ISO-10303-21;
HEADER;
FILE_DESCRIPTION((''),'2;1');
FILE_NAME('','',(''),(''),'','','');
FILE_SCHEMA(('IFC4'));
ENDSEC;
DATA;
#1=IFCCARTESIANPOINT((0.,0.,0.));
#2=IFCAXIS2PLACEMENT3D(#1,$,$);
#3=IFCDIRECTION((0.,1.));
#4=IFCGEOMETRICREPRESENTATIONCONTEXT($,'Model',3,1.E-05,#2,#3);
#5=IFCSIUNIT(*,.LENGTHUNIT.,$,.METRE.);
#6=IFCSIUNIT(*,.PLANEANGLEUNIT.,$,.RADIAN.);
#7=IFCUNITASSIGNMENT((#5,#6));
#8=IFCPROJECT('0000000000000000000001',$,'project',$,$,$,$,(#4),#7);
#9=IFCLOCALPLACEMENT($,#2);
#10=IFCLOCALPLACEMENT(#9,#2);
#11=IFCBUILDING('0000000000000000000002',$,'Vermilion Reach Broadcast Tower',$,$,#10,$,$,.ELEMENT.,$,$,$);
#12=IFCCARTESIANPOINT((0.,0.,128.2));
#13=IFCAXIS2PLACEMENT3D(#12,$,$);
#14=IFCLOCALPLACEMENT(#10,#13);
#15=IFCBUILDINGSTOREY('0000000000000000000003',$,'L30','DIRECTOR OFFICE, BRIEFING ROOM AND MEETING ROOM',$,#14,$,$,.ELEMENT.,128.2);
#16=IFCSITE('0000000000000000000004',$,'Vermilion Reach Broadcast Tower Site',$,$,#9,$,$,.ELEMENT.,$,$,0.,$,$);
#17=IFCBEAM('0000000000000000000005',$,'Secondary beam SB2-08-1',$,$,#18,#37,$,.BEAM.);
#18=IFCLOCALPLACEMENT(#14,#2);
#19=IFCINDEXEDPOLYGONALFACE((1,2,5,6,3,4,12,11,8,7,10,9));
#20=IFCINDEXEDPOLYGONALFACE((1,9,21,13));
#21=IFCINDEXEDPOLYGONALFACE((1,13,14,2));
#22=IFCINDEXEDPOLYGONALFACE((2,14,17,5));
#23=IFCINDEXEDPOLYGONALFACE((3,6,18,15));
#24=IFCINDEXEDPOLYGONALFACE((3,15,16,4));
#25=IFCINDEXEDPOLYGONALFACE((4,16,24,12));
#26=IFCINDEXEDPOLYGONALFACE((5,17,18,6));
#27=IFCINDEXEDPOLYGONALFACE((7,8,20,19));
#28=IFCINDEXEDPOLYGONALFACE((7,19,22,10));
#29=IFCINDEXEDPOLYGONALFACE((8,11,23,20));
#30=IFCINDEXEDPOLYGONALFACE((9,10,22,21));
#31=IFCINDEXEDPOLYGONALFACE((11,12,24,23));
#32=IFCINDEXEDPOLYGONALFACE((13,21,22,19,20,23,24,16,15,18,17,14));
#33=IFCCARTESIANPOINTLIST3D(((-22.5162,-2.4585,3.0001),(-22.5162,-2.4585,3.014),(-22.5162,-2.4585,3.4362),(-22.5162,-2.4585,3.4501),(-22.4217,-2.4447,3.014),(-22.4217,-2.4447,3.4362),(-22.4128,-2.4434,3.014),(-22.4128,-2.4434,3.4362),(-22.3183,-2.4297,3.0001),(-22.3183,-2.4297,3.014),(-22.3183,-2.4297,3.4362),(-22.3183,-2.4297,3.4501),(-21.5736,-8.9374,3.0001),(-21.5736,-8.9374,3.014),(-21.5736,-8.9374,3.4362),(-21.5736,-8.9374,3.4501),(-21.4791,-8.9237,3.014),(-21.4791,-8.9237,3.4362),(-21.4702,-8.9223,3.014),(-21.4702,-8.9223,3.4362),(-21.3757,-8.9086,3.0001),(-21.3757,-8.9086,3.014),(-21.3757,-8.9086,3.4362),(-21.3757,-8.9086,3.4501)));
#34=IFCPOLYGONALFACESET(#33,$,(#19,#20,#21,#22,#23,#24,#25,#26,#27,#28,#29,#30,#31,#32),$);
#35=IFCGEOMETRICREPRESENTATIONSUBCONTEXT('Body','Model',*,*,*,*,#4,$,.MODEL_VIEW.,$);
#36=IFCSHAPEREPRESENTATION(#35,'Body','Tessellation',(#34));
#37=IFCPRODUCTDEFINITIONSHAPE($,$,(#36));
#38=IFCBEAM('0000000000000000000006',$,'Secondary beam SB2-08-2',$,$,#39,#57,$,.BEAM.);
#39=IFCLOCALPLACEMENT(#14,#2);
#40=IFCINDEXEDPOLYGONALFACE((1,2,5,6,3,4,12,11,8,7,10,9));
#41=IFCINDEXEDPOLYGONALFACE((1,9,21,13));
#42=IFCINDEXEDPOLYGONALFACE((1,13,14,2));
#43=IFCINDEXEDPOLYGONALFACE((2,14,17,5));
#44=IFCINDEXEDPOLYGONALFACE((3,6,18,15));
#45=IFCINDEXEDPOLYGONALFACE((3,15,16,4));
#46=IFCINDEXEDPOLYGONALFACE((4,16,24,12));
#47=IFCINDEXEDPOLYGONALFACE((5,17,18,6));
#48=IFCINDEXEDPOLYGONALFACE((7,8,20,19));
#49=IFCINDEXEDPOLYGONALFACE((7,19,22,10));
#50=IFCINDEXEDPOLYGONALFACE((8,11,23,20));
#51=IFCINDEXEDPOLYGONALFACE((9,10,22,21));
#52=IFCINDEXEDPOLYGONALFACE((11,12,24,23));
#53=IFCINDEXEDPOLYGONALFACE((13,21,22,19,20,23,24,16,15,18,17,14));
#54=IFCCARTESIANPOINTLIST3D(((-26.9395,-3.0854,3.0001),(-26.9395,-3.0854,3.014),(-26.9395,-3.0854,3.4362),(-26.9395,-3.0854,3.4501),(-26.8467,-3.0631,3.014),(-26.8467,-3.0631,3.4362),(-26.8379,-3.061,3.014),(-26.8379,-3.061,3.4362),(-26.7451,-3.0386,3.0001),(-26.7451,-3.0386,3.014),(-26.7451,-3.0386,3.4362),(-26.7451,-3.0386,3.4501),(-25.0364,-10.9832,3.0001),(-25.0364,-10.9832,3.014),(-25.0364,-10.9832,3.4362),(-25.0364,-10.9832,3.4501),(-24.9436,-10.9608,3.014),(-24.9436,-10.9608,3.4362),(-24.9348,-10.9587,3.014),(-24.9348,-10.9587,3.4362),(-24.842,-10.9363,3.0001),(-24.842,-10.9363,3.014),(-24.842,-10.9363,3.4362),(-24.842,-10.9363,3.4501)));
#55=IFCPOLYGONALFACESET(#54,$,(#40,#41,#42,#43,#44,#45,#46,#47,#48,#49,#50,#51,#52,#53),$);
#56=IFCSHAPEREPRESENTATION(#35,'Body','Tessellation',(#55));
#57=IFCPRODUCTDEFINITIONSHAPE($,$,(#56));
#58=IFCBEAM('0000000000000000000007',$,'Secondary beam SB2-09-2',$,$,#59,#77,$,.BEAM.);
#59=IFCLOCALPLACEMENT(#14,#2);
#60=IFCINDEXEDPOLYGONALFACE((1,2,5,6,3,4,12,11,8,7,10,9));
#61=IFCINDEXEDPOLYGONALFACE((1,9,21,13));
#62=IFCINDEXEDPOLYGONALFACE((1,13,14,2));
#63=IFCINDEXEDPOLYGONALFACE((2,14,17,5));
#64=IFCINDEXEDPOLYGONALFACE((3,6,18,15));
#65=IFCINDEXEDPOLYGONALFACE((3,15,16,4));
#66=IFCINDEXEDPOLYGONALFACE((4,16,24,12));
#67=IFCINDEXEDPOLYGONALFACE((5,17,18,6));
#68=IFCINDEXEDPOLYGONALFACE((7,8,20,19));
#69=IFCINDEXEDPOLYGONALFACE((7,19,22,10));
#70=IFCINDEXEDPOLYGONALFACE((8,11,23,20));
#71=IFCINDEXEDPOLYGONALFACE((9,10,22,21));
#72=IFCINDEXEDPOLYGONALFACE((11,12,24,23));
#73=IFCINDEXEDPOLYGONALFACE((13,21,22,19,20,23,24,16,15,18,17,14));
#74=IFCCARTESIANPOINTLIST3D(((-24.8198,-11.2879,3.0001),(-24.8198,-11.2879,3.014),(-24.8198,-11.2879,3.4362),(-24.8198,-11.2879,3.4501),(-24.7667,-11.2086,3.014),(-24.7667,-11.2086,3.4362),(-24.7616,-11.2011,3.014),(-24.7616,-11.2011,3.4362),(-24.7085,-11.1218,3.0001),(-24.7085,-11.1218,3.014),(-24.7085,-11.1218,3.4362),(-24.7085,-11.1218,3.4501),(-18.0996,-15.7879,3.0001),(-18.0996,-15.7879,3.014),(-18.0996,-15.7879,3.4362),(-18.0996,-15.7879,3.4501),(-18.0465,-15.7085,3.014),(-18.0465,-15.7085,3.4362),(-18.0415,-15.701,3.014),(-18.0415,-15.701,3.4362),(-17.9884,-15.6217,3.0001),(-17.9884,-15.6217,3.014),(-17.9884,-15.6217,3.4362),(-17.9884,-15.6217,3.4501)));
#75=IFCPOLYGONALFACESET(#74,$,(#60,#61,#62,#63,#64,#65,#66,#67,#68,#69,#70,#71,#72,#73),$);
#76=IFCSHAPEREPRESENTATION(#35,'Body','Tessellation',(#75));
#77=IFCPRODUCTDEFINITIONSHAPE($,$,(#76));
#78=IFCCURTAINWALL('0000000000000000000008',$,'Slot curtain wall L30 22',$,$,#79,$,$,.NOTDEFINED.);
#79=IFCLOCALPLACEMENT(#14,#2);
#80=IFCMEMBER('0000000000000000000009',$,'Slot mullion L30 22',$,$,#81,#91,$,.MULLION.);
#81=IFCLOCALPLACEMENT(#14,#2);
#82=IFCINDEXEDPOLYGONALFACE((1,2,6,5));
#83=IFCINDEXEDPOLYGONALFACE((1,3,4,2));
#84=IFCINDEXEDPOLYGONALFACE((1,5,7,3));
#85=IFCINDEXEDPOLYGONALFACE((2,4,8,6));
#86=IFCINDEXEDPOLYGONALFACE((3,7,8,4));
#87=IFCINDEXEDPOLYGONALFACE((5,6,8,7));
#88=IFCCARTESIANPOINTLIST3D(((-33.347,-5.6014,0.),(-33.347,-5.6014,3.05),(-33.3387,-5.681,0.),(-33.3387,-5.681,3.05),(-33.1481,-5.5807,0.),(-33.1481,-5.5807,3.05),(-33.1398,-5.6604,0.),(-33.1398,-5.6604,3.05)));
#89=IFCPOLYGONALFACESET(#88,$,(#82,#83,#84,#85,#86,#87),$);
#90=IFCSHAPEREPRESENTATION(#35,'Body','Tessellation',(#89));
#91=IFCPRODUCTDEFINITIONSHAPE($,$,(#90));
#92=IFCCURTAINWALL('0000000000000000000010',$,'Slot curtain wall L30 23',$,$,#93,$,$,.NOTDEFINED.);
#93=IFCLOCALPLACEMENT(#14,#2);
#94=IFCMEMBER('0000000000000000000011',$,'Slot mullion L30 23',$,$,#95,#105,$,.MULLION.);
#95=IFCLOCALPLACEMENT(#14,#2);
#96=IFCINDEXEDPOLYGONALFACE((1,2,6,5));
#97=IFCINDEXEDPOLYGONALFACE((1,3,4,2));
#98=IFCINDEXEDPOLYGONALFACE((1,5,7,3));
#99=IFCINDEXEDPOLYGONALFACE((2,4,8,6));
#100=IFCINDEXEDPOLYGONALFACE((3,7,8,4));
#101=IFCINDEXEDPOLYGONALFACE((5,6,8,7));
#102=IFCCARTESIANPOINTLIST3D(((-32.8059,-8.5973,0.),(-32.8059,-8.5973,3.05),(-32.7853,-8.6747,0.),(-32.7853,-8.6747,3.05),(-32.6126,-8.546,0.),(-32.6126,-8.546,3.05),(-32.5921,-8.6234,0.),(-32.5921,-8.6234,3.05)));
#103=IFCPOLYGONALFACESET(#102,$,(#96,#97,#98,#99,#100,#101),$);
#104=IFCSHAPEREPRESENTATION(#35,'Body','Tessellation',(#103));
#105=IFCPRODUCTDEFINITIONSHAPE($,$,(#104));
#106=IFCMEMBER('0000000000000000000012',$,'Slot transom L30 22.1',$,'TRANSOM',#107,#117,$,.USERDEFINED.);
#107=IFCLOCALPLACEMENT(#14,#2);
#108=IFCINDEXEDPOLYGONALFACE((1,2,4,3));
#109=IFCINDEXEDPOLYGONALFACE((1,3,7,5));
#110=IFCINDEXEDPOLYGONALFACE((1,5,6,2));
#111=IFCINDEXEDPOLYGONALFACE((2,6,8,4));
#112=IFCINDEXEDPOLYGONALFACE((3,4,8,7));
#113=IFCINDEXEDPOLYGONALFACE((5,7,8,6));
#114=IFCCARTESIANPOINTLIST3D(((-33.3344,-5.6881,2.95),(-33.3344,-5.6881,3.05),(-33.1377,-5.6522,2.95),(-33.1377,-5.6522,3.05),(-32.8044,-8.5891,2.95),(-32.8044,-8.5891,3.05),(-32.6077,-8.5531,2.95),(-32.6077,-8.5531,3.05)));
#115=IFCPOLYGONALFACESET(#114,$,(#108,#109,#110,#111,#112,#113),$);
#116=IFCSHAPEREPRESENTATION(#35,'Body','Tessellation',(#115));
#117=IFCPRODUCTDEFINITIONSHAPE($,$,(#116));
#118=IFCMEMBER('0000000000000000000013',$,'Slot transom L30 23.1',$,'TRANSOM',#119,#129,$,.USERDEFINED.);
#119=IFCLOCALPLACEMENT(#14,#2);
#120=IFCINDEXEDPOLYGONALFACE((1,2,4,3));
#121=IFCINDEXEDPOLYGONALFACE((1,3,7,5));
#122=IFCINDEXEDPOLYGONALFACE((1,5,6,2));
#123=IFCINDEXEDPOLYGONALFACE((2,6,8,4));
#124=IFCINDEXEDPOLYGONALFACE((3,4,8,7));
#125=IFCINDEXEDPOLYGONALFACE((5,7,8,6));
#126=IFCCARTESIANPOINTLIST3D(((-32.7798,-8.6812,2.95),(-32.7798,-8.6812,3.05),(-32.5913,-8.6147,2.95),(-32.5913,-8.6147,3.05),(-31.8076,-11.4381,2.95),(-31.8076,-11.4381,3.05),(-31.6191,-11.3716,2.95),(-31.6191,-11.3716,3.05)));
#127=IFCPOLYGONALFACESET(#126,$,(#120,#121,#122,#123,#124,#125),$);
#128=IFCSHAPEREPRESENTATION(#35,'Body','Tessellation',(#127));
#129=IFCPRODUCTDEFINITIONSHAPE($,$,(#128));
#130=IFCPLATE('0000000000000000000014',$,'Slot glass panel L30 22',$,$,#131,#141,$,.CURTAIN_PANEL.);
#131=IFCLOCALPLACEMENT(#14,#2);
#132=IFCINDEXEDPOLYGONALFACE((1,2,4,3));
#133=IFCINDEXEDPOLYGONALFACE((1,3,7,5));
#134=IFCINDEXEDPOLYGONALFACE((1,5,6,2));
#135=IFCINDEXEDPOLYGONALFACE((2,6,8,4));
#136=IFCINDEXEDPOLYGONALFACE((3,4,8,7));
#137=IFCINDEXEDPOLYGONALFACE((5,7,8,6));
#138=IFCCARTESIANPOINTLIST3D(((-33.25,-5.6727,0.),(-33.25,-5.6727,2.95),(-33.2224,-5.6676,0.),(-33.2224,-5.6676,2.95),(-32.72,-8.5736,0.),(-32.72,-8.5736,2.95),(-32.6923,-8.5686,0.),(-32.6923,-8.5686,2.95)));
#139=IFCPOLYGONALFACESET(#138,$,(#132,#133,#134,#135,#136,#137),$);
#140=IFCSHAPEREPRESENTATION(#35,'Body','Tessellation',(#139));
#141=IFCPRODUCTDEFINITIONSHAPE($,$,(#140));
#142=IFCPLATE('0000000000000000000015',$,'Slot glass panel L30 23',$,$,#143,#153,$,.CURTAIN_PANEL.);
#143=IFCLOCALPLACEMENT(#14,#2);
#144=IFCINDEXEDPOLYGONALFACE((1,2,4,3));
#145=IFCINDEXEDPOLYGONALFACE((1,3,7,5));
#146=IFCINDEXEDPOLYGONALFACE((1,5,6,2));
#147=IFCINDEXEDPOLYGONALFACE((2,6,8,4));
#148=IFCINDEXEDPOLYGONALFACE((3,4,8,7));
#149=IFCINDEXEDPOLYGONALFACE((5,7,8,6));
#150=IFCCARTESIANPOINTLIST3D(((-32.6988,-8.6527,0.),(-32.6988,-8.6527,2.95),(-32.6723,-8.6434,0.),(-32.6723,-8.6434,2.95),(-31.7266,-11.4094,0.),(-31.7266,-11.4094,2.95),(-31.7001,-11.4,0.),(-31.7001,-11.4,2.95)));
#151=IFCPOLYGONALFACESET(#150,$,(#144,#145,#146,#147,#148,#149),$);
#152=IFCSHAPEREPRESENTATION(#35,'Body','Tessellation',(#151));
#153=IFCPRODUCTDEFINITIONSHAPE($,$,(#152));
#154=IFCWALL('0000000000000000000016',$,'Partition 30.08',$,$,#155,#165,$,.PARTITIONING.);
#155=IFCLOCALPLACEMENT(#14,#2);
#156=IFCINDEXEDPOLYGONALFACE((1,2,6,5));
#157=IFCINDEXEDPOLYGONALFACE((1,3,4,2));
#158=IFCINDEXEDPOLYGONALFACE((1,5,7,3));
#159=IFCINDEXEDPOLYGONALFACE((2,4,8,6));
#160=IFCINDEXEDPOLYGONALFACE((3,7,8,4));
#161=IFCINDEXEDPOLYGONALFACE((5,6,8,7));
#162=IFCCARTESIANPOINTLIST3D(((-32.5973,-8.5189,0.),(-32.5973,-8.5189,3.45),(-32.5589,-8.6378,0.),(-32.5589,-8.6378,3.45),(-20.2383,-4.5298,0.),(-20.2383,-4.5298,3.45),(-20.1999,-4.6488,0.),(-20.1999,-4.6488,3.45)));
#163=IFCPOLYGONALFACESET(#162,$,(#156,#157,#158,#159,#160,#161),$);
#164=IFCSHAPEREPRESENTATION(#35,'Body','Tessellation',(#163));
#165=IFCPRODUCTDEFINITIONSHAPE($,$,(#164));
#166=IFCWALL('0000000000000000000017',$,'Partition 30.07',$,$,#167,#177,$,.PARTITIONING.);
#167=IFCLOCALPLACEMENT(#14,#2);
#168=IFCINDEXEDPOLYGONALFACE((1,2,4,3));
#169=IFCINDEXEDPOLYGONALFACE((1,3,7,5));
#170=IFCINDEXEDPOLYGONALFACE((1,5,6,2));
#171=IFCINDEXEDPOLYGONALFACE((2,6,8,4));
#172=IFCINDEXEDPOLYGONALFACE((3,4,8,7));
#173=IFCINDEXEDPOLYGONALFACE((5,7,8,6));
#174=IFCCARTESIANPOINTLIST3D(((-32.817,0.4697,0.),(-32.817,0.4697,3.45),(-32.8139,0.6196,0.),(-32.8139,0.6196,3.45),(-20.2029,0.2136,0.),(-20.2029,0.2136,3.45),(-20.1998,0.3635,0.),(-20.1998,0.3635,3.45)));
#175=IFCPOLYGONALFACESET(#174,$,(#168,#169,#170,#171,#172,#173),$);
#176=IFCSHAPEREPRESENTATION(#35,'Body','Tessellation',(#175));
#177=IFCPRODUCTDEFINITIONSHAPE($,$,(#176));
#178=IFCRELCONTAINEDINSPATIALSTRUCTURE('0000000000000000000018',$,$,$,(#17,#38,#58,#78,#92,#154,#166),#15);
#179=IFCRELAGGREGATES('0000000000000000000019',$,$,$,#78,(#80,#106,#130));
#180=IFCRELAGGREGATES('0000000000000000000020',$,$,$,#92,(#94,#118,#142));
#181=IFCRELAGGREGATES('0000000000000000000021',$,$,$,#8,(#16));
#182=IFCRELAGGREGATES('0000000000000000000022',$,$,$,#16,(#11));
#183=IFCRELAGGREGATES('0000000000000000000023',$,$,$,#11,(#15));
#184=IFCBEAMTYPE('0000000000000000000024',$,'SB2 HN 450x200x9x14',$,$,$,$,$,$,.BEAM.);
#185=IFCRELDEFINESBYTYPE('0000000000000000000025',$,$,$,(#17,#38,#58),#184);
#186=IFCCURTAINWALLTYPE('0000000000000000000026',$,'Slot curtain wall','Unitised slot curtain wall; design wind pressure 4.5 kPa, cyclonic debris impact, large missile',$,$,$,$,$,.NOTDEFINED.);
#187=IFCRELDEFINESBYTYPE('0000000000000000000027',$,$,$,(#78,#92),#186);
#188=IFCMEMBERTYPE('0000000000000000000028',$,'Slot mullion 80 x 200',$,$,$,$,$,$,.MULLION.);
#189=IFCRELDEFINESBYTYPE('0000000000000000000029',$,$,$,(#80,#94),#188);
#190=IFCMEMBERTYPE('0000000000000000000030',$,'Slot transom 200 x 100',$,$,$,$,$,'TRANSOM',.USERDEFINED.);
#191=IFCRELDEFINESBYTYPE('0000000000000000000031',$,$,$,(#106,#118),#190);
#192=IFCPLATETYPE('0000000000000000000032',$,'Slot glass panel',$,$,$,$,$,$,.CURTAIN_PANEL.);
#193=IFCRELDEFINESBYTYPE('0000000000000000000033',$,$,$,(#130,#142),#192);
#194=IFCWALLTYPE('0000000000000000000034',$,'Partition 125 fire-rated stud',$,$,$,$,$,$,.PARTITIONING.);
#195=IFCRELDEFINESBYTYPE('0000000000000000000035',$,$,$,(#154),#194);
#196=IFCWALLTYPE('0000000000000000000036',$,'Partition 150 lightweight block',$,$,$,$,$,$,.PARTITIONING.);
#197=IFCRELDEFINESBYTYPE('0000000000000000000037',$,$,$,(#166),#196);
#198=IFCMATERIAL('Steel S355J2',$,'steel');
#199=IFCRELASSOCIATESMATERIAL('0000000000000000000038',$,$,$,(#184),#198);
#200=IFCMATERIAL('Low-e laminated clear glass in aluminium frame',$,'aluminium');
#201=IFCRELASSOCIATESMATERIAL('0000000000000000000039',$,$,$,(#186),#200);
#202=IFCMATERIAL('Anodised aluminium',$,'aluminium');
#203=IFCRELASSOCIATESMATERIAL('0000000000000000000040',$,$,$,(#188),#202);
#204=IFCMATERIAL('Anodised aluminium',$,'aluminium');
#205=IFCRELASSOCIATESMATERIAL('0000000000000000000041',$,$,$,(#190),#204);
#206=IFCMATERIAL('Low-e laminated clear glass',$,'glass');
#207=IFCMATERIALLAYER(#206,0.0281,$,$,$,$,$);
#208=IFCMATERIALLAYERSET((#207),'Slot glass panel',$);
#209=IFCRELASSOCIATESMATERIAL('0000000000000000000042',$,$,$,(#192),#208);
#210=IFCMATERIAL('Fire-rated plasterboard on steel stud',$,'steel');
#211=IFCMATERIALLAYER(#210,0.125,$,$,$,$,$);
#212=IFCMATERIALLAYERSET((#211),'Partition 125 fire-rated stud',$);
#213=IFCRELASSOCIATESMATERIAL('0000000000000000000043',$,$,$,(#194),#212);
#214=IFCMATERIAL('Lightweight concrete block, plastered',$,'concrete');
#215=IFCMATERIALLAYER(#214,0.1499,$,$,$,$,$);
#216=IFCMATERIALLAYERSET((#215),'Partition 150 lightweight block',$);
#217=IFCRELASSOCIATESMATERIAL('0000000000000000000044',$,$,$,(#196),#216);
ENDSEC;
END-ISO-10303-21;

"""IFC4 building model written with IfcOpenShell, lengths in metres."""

from ifc_helpers import new_model, si_unit, direction, frame, frame_2d, origin, origin_2d, place, context, subcontext, project, spatial, rectangle, i_section, extrude, material, layer, layer_set, material_profile, profile_set, type_object, element, aggregate, save


model = new_model("IFC4")

# Units and contexts
model_context = context("Model", 3, precision=1e-05, world=origin(), true_north=direction((0.0, 1.0)))
body_context = subcontext(model_context, "Body", "Model", "MODEL_VIEW")
ifc_project = project(units=[si_unit("LENGTHUNIT", "METRE"), si_unit("PLANEANGLEUNIT", "RADIAN")], contexts=[model_context])

# Site, building, storey
site_placement = place(None, origin())
site = spatial("IfcSite", under=ifc_project, at=site_placement, Name="Vermilion Reach Broadcast Tower Site", CompositionType="ELEMENT", RefElevation=0.0)
building_placement = place(site_placement, origin())
building = spatial("IfcBuilding", under=site, at=building_placement, Name="Vermilion Reach Broadcast Tower", CompositionType="ELEMENT")
storey_placement = place(building_placement, frame((0.0, 0.0, 128.2)))
storey = spatial("IfcBuildingStorey", under=building, at=storey_placement, Name="L30", Description="DIRECTOR OFFICE, BRIEFING ROOM AND MEETING ROOM", CompositionType="ELEMENT", Elevation=128.2)

# Beams
ifc_material_1 = material(Name="Steel S355J2", Category="steel")
ifc_material_profile_1 = material_profile(ifc_material_1, i_section(OverallWidth=0.2, OverallDepth=0.45, WebThickness=0.009, FlangeThickness=0.0139, at=origin_2d()), Name="S355J2 HN 450x200x9x14")
ifc_profile_set_1 = profile_set([ifc_material_profile_1], Name="Steel S355J2")
beam_type_1 = type_object("IfcBeamType", Name="SB2 HN 450x200x9x14", PredefinedType="BEAM", material=ifc_profile_set_1)
beam_1_placement = place(storey_placement, frame((-22.4172, -2.4441, 3.2251), z_axis=(0.143974, -0.989582, 0.0), x_axis=(0.989582, 0.143974, 0.0)))
element("IfcBeam", 1, at=beam_1_placement, inside=storey, type_object=beam_type_1, Name="Secondary beam SB2-08-1", PredefinedType="BEAM", context=body_context, shape_type="SweptSolid", body=[
    extrude(i_section(OverallWidth=0.2, OverallDepth=0.45, WebThickness=0.009, FlangeThickness=0.0139, at=origin_2d()), origin(), (0.0, 0.0, 1.0), 6.5471),
])
beam_2_placement = place(storey_placement, frame((-26.8423, -3.062, 3.2251), z_axis=(0.234261, -0.972174, 0.0), x_axis=(0.972174, 0.234261, 0.0)))
element("IfcBeam", 2, at=beam_2_placement, inside=storey, type_object=beam_type_1, Name="Secondary beam SB2-08-2", PredefinedType="BEAM", context=body_context, shape_type="SweptSolid", body=[
    extrude(i_section(OverallWidth=0.2, OverallDepth=0.45, WebThickness=0.009, FlangeThickness=0.0139, at=origin_2d()), origin(), (0.0, 0.0, 1.0), 8.1238),
])
beam_3_placement = place(storey_placement, frame((-24.7642, -11.2048, 3.2251), z_axis=(0.830915, -0.556399, 0.0), x_axis=(0.556399, 0.830915, 0.0)))
element("IfcBeam", 3, at=beam_3_placement, inside=storey, type_object=beam_type_1, Name="Secondary beam SB2-09-2", PredefinedType="BEAM", context=body_context, shape_type="SweptSolid", body=[
    extrude(i_section(OverallWidth=0.2, OverallDepth=0.45, WebThickness=0.009, FlangeThickness=0.0139, at=origin_2d()), origin(), (0.0, 0.0, 1.0), 8.0876),
])

# Curtain walls, members
ifc_material_2 = material(Name="Low-e laminated clear glass in aluminium frame", Category="aluminium")
curtain_wall_type = type_object("IfcCurtainWallType", Name="Slot curtain wall", Description="Unitised slot curtain wall; design wind pressure 4.5 kPa, cyclonic debris impact, large missile", PredefinedType="NOTDEFINED", material=ifc_material_2)
placement = place(storey_placement, origin())
curtain_wall_1 = element("IfcCurtainWall", 4, at=placement, inside=storey, type_object=curtain_wall_type, Name="Slot curtain wall L30 22", PredefinedType="NOTDEFINED")
ifc_material_3 = material(Name="Anodised aluminium", Category="aluminium")
ifc_material_profile_2 = material_profile(ifc_material_3, rectangle(XDim=0.2, YDim=0.0801, at=origin_2d()), Name="Slot mullion 80 x 200")
ifc_profile_set_2 = profile_set([ifc_material_profile_2], Name="Anodised aluminium")
member_type_1 = type_object("IfcMemberType", Name="Slot mullion 80 x 200", PredefinedType="MULLION", material=ifc_profile_set_2)
member_1_placement = place(storey_placement, frame((-33.2434, -5.6309, 0.0), z_axis=(0.0, 0.0, 1.0), x_axis=(0.994655, 0.103254, 0.0)))
member_1 = element("IfcMember", 5, at=member_1_placement, type_object=member_type_1, Name="Slot mullion L30 22", PredefinedType="MULLION", context=body_context, shape_type="SweptSolid", body=[
    extrude(rectangle(XDim=0.2, YDim=0.0801, at=origin_2d()), origin(), (0.0, 0.0, 1.0), 3.05),
])
curtain_wall_2 = element("IfcCurtainWall", 6, at=placement, inside=storey, type_object=curtain_wall_type, Name="Slot curtain wall L30 23", PredefinedType="NOTDEFINED")
member_2_placement = place(storey_placement, frame((-32.699, -8.6104, 0.0), z_axis=(0.0, 0.0, 1.0), x_axis=(0.966416, 0.256983, 0.0)))
member_2 = element("IfcMember", 7, at=member_2_placement, type_object=member_type_1, Name="Slot mullion L30 23", PredefinedType="MULLION", context=body_context, shape_type="SweptSolid", body=[
    extrude(rectangle(XDim=0.2, YDim=0.0801, at=origin_2d()), origin(), (0.0, 0.0, 1.0), 3.05),
])

# Members
ifc_material_4 = material(Name="Anodised aluminium", Category="aluminium")
ifc_material_profile_3 = material_profile(ifc_material_4, rectangle(XDim=0.2, YDim=0.1001, at=origin_2d()), Name="Slot transom 200 x 100")
ifc_profile_set_3 = profile_set([ifc_material_profile_3], Name="Anodised aluminium")
member_type_2 = type_object("IfcMemberType", Name="Slot transom 200 x 100", ElementType="TRANSOM", PredefinedType="USERDEFINED", material=ifc_profile_set_3)
member_3_placement = place(storey_placement, frame((-33.2361, -5.6702, 3.0), z_axis=(0.179738, -0.983715, 0.0), x_axis=(0.983715, 0.179738, 0.0)))
member_3 = element("IfcMember", 8, at=member_3_placement, type_object=member_type_2, Name="Slot transom L30 22.1", ObjectType="TRANSOM", PredefinedType="USERDEFINED", context=body_context, shape_type="SweptSolid", body=[
    extrude(rectangle(XDim=0.2, YDim=0.1001, at=origin_2d()), origin(), (0.0, 0.0, 1.0), 2.949),
])
member_4_placement = place(storey_placement, frame((-32.6855, -8.6479, 3.0), z_axis=(0.332567, -0.94308, 0.0), x_axis=(0.94308, 0.332567, 0.0)))
member_4 = element("IfcMember", 9, at=member_4_placement, type_object=member_type_2, Name="Slot transom L30 23.1", ObjectType="TRANSOM", PredefinedType="USERDEFINED", context=body_context, shape_type="SweptSolid", body=[
    extrude(rectangle(XDim=0.2, YDim=0.1001, at=origin_2d()), origin(), (0.0, 0.0, 1.0), 2.9233),
])

# Plates
ifc_material_5 = material(Name="Low-e laminated clear glass", Category="glass")
ifc_layer_1 = layer(ifc_material_5, 0.0281)
ifc_layer_set_1 = layer_set([ifc_layer_1], Name="Slot glass panel")
plate_type = type_object("IfcPlateType", Name="Slot glass panel", PredefinedType="CURTAIN_PANEL", material=ifc_layer_set_1)
plate_1_placement = place(storey_placement, frame((-32.9712, -7.1206, 0.0), z_axis=(0.0, 0.0, 1.0), x_axis=(0.179755, -0.983711, 0.0)))
plate_1 = element("IfcPlate", 10, at=plate_1_placement, type_object=plate_type, Name="Slot glass panel L30 22", PredefinedType="CURTAIN_PANEL", context=body_context, shape_type="SweptSolid", body=[
    extrude(rectangle(XDim=2.949, YDim=0.0281, at=origin_2d()), origin(), (0.0, 0.0, 1.0), 2.95),
])
aggregate(curtain_wall_1, [member_1, member_3, plate_1])
plate_2_placement = place(storey_placement, frame((-32.1995, -10.0264, 0.0), z_axis=(0.0, 0.0, 1.0), x_axis=(0.332602, -0.943067, 0.0)))
plate_2 = element("IfcPlate", 11, at=plate_2_placement, type_object=plate_type, Name="Slot glass panel L30 23", PredefinedType="CURTAIN_PANEL", context=body_context, shape_type="SweptSolid", body=[
    extrude(rectangle(XDim=2.9231, YDim=0.0281, at=origin_2d()), origin(), (0.0, 0.0, 1.0), 2.95),
])
aggregate(curtain_wall_2, [member_2, member_4, plate_2])

# Walls
ifc_material_6 = material(Name="Fire-rated plasterboard on steel stud", Category="steel")
ifc_layer_2 = layer(ifc_material_6, 0.125)
ifc_layer_set_2 = layer_set([ifc_layer_2], Name="Partition 125 fire-rated stud")
wall_type_1 = type_object("IfcWallType", Name="Partition 125 fire-rated stud", PredefinedType="PARTITIONING", material=ifc_layer_set_2)
wall_1_placement = place(storey_placement, frame((-32.5781, -8.5784, 0.0), z_axis=(0.0, 0.0, 1.0), x_axis=(0.951657, 0.307162, 0.0)))
element("IfcWall", 12, at=wall_1_placement, inside=storey, type_object=wall_type_1, Name="Partition 30.08", PredefinedType="PARTITIONING", context=body_context, shape_type="SweptSolid", body=[
    extrude(rectangle(XDim=12.9868, YDim=0.125, at=frame_2d((6.4934, 0.0))), origin(), (0.0, 0.0, 1.0), 3.45),
])
ifc_material_7 = material(Name="Lightweight concrete block, plastered", Category="concrete")
ifc_layer_3 = layer(ifc_material_7, 0.1499)
ifc_layer_set_3 = layer_set([ifc_layer_3], Name="Partition 150 lightweight block")
wall_type_2 = type_object("IfcWallType", Name="Partition 150 lightweight block", PredefinedType="PARTITIONING", material=ifc_layer_set_3)
wall_2_placement = place(storey_placement, frame((-32.8154, 0.5447, 0.0), z_axis=(0.0, 0.0, 1.0), x_axis=(0.999794, -0.020299, 0.0)))
element("IfcWall", 13, at=wall_2_placement, inside=storey, type_object=wall_type_2, Name="Partition 30.07", PredefinedType="PARTITIONING", context=body_context, shape_type="SweptSolid", body=[
    extrude(rectangle(XDim=12.6167, YDim=0.1499, at=frame_2d((6.3083, 0.0))), origin(), (0.0, 0.0, 1.0), 3.45),
])

save(model, "model.ifc")
